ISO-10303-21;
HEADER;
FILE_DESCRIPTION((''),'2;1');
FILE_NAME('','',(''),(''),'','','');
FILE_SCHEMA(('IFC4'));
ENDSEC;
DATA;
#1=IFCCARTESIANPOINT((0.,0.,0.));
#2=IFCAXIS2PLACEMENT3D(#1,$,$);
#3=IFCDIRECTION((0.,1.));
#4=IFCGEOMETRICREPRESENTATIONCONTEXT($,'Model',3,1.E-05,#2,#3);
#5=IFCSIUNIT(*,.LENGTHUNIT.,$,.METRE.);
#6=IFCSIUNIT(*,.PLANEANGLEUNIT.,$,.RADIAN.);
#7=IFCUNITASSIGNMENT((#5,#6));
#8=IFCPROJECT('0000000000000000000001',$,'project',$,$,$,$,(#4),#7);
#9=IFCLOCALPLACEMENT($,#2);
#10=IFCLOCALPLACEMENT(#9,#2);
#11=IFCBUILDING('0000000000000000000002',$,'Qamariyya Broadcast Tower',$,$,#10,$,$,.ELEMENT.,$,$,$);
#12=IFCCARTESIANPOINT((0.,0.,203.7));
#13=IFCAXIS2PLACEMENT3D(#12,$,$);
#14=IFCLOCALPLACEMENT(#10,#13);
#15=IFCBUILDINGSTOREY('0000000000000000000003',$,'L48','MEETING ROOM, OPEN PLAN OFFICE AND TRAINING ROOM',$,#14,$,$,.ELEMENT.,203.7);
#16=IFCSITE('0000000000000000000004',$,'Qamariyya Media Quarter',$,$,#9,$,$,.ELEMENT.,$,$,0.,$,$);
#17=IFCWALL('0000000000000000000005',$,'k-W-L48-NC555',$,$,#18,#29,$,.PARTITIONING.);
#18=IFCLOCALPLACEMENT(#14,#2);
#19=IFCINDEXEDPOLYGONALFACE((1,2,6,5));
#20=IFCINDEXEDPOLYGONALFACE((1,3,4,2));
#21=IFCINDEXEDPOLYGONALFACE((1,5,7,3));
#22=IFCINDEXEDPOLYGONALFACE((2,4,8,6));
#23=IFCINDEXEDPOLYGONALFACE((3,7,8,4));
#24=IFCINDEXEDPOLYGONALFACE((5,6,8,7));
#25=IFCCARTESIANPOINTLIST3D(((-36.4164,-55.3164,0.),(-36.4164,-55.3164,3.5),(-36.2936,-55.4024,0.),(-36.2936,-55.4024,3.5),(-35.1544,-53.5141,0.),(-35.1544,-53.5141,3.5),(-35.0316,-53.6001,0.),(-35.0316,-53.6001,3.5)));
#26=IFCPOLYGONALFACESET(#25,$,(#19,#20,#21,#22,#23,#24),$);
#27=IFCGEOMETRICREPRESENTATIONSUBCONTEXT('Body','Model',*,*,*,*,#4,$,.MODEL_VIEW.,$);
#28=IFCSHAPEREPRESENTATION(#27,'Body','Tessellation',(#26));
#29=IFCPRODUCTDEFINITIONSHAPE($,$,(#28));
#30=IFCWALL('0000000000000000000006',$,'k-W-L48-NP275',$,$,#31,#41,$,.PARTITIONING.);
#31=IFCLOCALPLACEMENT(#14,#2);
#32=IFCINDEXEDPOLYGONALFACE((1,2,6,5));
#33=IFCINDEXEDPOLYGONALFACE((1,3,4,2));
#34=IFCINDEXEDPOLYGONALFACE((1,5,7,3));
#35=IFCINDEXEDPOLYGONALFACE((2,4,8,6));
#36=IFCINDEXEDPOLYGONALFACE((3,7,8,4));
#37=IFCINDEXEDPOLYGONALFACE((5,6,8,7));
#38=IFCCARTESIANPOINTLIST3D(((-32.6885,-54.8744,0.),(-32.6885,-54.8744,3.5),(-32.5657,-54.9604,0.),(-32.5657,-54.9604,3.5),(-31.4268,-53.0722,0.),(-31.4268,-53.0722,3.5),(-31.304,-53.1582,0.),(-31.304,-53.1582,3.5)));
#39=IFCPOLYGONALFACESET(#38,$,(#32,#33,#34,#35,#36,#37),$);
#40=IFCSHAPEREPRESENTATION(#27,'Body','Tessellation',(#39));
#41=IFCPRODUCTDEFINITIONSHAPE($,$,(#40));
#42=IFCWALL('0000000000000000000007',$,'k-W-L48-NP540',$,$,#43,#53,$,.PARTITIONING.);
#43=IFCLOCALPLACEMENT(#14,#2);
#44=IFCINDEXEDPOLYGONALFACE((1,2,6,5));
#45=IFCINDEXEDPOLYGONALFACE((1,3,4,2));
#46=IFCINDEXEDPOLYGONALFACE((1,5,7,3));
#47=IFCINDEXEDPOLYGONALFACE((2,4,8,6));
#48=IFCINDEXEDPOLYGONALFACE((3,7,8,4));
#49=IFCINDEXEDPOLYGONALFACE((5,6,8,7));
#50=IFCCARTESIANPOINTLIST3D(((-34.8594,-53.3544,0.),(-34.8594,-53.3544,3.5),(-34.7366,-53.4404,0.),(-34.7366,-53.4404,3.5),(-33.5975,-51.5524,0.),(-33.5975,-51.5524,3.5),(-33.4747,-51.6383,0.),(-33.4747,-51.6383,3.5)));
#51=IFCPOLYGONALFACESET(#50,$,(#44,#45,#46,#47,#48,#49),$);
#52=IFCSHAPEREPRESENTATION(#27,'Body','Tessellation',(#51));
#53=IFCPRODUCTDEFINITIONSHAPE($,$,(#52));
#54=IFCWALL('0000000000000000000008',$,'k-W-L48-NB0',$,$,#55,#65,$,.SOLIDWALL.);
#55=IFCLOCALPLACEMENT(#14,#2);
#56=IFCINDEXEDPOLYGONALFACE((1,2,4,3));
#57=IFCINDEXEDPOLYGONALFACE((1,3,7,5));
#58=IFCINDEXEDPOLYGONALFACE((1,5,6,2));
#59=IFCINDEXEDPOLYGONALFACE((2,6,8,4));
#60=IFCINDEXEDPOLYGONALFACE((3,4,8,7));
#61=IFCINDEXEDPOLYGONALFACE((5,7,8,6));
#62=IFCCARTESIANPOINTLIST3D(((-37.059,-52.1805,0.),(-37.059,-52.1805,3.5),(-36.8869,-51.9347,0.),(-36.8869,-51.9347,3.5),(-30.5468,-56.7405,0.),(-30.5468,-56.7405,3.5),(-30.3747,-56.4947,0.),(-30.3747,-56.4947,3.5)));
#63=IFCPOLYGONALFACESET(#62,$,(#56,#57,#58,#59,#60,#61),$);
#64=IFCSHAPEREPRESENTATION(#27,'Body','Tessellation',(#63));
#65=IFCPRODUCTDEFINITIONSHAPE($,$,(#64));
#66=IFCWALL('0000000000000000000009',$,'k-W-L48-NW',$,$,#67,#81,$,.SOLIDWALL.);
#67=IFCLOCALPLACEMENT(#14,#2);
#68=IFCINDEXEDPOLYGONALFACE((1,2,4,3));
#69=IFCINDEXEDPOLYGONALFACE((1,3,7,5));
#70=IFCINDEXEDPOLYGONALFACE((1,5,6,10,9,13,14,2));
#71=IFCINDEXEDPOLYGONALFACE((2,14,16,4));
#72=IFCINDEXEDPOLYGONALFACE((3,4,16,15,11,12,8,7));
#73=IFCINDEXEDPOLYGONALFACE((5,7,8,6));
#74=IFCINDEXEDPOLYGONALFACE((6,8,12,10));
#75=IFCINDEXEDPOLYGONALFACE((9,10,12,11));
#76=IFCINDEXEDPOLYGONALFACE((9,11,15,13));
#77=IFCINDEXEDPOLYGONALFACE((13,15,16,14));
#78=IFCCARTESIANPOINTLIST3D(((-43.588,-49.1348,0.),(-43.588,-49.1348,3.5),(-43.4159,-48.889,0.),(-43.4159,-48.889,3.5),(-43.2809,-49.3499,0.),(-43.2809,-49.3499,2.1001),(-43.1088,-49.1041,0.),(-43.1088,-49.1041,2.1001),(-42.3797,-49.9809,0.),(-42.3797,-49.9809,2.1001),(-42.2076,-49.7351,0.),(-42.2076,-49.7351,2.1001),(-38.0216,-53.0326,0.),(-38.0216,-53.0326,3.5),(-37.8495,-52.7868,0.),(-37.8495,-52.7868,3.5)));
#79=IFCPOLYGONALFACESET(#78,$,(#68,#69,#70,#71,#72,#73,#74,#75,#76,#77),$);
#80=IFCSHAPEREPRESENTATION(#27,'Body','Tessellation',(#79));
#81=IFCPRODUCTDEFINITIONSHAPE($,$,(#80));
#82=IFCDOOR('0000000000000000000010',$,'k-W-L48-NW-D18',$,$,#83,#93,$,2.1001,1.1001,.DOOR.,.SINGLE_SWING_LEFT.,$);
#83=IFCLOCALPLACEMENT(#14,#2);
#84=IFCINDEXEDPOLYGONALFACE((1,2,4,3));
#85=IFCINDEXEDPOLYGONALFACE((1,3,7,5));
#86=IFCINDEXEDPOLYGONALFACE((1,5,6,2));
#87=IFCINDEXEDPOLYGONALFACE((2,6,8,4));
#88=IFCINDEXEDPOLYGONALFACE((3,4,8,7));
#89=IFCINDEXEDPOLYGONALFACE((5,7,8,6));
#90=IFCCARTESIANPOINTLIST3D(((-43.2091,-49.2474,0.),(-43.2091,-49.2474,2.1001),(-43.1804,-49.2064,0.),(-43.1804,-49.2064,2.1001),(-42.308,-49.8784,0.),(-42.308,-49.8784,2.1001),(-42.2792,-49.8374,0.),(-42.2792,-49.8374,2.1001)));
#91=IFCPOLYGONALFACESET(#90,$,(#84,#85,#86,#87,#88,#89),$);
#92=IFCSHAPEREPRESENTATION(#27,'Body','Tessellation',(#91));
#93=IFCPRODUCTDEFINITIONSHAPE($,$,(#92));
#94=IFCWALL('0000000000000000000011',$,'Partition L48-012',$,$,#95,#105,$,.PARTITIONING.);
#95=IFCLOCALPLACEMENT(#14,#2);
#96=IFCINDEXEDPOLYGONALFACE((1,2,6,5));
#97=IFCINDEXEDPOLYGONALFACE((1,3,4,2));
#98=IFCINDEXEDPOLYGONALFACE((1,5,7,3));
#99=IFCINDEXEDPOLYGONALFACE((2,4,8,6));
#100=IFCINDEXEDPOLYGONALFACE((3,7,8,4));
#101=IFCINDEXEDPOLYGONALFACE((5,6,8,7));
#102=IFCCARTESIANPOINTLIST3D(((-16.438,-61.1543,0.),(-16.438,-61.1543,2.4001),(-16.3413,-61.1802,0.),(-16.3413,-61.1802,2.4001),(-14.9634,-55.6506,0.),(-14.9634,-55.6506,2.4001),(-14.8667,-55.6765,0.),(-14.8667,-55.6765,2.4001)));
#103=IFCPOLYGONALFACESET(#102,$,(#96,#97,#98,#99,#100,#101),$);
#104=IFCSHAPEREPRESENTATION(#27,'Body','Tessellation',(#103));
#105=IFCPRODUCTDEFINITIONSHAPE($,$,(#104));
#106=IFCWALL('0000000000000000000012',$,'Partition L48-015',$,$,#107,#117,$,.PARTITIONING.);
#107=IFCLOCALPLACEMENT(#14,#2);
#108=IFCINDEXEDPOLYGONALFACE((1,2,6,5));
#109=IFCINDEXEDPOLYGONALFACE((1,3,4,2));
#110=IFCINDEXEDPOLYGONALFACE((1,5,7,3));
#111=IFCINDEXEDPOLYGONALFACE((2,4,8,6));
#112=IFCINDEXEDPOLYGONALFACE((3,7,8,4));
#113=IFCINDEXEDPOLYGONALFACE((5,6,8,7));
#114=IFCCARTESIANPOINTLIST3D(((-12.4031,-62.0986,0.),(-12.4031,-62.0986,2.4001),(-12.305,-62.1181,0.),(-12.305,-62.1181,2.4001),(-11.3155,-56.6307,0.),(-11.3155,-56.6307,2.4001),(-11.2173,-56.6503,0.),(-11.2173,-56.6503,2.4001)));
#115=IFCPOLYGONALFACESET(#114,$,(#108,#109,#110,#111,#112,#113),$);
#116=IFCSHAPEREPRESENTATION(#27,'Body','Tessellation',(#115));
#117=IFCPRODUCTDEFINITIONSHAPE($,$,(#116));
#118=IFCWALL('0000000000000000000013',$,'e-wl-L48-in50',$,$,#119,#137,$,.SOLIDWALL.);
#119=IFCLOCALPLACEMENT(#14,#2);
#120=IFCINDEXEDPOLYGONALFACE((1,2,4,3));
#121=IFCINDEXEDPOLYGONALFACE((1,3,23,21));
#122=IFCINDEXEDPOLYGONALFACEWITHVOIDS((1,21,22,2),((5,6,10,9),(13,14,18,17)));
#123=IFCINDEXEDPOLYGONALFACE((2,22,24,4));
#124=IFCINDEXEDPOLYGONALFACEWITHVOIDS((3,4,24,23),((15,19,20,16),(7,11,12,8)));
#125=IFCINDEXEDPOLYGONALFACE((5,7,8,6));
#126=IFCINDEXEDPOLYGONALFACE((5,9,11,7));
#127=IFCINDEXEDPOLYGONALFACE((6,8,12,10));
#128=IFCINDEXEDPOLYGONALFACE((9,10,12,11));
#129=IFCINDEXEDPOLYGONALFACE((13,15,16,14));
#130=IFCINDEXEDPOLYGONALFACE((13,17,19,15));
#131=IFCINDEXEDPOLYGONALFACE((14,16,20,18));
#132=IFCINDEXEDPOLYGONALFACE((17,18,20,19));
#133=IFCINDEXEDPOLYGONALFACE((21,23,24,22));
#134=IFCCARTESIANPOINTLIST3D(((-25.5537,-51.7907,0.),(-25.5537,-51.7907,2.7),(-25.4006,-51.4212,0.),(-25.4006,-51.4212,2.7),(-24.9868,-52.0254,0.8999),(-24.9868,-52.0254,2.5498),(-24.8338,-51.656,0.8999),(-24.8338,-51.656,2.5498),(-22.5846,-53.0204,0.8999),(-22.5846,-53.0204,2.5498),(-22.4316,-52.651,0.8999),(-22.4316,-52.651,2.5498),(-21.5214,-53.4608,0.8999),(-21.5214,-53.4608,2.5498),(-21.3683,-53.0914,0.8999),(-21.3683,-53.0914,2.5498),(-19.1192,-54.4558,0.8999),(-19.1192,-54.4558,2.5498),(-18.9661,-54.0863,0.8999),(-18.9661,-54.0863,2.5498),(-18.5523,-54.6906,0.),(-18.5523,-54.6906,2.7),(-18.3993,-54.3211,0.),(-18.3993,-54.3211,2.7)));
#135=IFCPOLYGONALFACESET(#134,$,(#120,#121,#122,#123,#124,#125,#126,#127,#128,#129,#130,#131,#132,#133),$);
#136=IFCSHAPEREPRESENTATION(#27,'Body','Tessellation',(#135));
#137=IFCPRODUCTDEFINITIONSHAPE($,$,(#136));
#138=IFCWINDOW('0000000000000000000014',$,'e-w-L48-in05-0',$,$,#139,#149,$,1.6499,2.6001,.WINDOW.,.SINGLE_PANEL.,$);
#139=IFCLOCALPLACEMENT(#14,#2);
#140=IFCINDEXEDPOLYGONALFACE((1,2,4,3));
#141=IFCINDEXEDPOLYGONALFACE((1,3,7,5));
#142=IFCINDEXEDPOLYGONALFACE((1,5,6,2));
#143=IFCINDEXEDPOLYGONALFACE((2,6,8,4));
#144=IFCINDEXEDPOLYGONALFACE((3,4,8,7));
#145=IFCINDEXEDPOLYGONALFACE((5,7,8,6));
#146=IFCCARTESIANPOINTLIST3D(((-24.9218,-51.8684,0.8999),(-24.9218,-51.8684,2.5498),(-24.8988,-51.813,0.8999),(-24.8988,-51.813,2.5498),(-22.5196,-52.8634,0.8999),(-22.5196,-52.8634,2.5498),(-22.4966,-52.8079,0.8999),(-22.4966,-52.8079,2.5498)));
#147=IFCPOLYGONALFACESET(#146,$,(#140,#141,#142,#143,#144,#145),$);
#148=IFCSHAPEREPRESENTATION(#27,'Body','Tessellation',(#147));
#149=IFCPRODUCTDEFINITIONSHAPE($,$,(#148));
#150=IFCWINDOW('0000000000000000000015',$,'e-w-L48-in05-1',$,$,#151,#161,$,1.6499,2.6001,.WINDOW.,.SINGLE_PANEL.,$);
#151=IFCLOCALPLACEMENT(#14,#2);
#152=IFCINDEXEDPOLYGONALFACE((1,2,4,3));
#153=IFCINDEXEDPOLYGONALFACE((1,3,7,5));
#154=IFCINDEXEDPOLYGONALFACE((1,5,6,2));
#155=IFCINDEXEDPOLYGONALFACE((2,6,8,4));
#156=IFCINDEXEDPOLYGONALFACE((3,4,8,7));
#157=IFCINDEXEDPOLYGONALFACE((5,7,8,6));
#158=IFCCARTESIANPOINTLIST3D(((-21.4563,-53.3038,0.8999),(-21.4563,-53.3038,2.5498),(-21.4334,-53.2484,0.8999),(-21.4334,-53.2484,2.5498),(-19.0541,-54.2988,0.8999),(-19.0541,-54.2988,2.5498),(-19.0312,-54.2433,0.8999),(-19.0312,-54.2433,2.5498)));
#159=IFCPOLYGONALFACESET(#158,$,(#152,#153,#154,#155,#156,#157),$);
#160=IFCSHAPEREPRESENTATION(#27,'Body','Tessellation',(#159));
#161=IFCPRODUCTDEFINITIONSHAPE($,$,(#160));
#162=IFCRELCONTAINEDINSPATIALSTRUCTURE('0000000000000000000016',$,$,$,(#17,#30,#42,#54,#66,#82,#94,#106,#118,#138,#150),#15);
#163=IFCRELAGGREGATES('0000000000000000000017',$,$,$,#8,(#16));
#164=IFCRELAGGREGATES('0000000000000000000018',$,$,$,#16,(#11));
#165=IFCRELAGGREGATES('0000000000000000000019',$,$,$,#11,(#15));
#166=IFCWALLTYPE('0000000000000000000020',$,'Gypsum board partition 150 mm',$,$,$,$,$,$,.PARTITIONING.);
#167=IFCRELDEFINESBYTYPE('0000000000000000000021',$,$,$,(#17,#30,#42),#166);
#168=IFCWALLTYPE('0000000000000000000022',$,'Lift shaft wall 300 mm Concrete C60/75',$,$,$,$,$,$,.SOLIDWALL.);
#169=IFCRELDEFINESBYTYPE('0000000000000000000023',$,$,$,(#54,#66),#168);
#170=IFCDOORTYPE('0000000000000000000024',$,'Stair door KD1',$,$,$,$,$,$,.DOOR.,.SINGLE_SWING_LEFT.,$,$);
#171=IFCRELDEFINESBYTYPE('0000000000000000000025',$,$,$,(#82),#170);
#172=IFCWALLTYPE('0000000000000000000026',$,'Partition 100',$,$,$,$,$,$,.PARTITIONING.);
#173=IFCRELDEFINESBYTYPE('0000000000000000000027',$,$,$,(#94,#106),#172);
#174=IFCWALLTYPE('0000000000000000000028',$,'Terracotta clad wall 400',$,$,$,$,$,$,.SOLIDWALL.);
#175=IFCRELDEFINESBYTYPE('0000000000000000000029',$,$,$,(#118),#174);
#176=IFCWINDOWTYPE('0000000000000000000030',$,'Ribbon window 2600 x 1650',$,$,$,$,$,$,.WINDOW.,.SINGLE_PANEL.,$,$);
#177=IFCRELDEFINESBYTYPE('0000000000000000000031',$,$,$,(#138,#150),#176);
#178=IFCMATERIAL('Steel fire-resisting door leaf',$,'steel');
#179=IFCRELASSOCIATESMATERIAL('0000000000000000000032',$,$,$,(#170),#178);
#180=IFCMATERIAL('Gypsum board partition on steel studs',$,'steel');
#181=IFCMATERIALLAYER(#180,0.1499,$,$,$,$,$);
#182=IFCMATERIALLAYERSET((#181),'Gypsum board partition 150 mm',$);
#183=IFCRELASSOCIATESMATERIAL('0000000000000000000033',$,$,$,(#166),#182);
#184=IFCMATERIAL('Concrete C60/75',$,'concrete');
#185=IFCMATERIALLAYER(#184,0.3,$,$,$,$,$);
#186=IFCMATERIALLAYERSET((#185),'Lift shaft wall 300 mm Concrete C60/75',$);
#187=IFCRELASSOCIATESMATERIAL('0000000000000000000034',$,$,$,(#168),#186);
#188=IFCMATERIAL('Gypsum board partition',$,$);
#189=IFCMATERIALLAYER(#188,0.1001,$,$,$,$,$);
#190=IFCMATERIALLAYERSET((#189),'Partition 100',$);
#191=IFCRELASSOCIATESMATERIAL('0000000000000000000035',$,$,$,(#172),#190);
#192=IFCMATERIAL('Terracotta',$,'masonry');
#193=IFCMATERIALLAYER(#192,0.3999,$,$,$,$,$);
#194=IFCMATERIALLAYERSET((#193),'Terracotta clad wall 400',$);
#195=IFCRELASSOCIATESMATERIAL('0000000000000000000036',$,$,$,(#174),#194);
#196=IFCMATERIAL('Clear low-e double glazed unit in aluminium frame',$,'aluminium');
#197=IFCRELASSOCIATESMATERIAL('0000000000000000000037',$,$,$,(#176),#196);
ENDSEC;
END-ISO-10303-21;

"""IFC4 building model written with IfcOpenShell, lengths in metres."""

from ifc_helpers import new_model, si_unit, direction, frame, frame_2d, origin, place, context, subcontext, project, spatial, rectangle, extrude, material, layer, layer_set, type_object, element, fill, save


model = new_model("IFC4")

# Units and contexts
model_context = context("Model", 3, precision=1e-05, world=origin(), true_north=direction((0.0, 1.0)))
body_context = subcontext(model_context, "Body", "Model", "MODEL_VIEW")
ifc_project = project(units=[si_unit("LENGTHUNIT", "METRE"), si_unit("PLANEANGLEUNIT", "RADIAN")], contexts=[model_context])

# Site, building, storey
site_placement = place(None, origin())
site = spatial("IfcSite", under=ifc_project, at=site_placement, Name="Qamariyya Media Quarter", CompositionType="ELEMENT", RefElevation=0.0)
building_placement = place(site_placement, origin())
building = spatial("IfcBuilding", under=site, at=building_placement, Name="Qamariyya Broadcast Tower", CompositionType="ELEMENT")
storey_placement = place(building_placement, frame((0.0, 0.0, 203.7)))
storey = spatial("IfcBuildingStorey", under=building, at=storey_placement, Name="L48", Description="MEETING ROOM, OPEN PLAN OFFICE AND TRAINING ROOM", CompositionType="ELEMENT", Elevation=203.7)

# Shared definitions
ifc_material_1 = material(Name="Concrete C60/75", Category="concrete")

# Shared definitions
ifc_material_2 = material(Name="Steel fire-resisting door leaf", Category="steel")
door_type_1 = type_object("IfcDoorType", Name="Stair door KD1", OperationType="SINGLE_SWING_LEFT", PredefinedType="DOOR", material=ifc_material_2)

# Walls
ifc_material_3 = material(Name="Gypsum board partition")
ifc_material_4 = material(Name="Gypsum board partition on steel studs", Category="steel")
ifc_layer_1 = layer(ifc_material_4, 0.1499)
ifc_layer_set_1 = layer_set([ifc_layer_1], Name="Gypsum board partition 150 mm")
wall_type_1 = type_object("IfcWallType", Name="Gypsum board partition 150 mm", PredefinedType="PARTITIONING", material=ifc_layer_set_1)
for number, where, z_axis, x_axis, name in (
    (1, (-36.355, -55.3594, 0.0), (0.0, 0.0, 1.0), (0.573581, 0.819149, 0.0), "k-W-L48-NC555"),
):
    element("IfcWall", number, at=place(storey_placement, frame(where, z_axis=z_axis, x_axis=x_axis)), inside=storey, type_object=wall_type_1, Name=name, PredefinedType="PARTITIONING", context=body_context, shape_type="SweptSolid", body=[
        extrude(rectangle(XDim=2.2002, YDim=0.1499, at=frame_2d((1.1001, 0.0))), origin(), (0.0, 0.0, 1.0), 3.5),
    ])
for number, where, z_axis, x_axis, name in (
    (2, (-32.6272, -54.9175, 0.0), (0.0, 0.0, 1.0), (0.573507, 0.819201, 0.0), "k-W-L48-NP275"),
    (3, (-34.7981, -53.3975, 0.0), (0.0, 0.0, 1.0), (0.573634, 0.819112, 0.0), "k-W-L48-NP540"),
):
    element("IfcWall", number, at=place(storey_placement, frame(where, z_axis=z_axis, x_axis=x_axis)), inside=storey, type_object=wall_type_1, Name=name, PredefinedType="PARTITIONING", context=body_context, shape_type="SweptSolid", body=[
        extrude(rectangle(XDim=2.2, YDim=0.1499, at=frame_2d((1.1001, 0.0))), origin(), (0.0, 0.0, 1.0), 3.5),
    ])
ifc_layer_2 = layer(ifc_material_1, 0.3)
ifc_layer_set_2 = layer_set([ifc_layer_2], Name="Lift shaft wall 300 mm Concrete C60/75")
wall_type_2 = type_object("IfcWallType", Name="Lift shaft wall 300 mm Concrete C60/75", PredefinedType="SOLIDWALL", material=ifc_layer_set_2)
wall_1_placement = place(storey_placement, frame((-30.4607, -56.6177, 0.0), z_axis=(0.0, 0.0, 1.0), x_axis=(-0.819142, 0.57359, 0.0)))
element("IfcWall", 4, at=wall_1_placement, inside=storey, type_object=wall_type_2, Name="k-W-L48-NB0", PredefinedType="SOLIDWALL", context=body_context, shape_type="SweptSolid", body=[
    extrude(rectangle(XDim=7.95, YDim=0.3, at=frame_2d((3.9751, 0.0))), origin(), (0.0, 0.0, 1.0), 3.5),
])

# Wall, opening, door
wall_2_placement = place(storey_placement, frame((-37.9355, -52.9097, 0.0), z_axis=(0.0, 0.0, 1.0), x_axis=(-0.819148, 0.573583, 0.0)))
wall_2 = element("IfcWall", 5, at=wall_2_placement, inside=storey, type_object=wall_type_2, Name="k-W-L48-NW", PredefinedType="SOLIDWALL", context=body_context, shape_type="SweptSolid", body=[
    extrude(rectangle(XDim=6.7954, YDim=0.3, at=frame_2d((3.3977, 0.0))), origin(), (0.0, 0.0, 1.0), 3.5),
])
opening_1_placement = place(wall_2_placement, frame((5.3203, 0.0, 0.0)))
opening_1 = element("IfcOpeningElement", 6, at=opening_1_placement, cuts=wall_2, PredefinedType="OPENING", context=body_context, shape_type="SweptSolid", body=[
    extrude(rectangle(XDim=1.1001, YDim=2.1001, at=frame_2d((0.55, 1.05))), frame((0.0, 0.1599, 0.0), z_axis=(0.0, -1.0, 0.0), x_axis=(1.0, 0.0, 0.0)), (0.0, 0.0, 1.0), 0.3201),
])
door_1_placement = place(opening_1_placement, origin())
door_1 = element("IfcDoor", 7, at=door_1_placement, inside=storey, type_object=door_type_1, Name="k-W-L48-NW-D18", OperationType="SINGLE_SWING_LEFT", OverallHeight=2.1001, OverallWidth=1.1001, PredefinedType="DOOR", context=body_context, shape_type="SweptSolid", body=[
    extrude(rectangle(XDim=1.1001, YDim=2.1001, at=frame_2d((0.55, 1.05))), frame((0.0, 0.0249, 0.0), z_axis=(0.0, -1.0, 0.0), x_axis=(1.0, 0.0, 0.0)), (0.0, 0.0, 1.0), 0.05),
])
fill(opening_1, door_1)

# Walls
ifc_layer_3 = layer(ifc_material_3, 0.1001)
ifc_layer_set_3 = layer_set([ifc_layer_3], Name="Partition 100")
wall_type_3 = type_object("IfcWallType", Name="Partition 100", PredefinedType="PARTITIONING", material=ifc_layer_set_3)
wall_3_placement = place(storey_placement, frame((-14.915, -55.6636, 0.0), z_axis=(0.0, 0.0, 1.0), x_axis=(-0.258804, -0.96593, 0.0)))
element("IfcWall", 8, at=wall_3_placement, inside=storey, type_object=wall_type_3, Name="Partition L48-012", PredefinedType="PARTITIONING", context=body_context, shape_type="SweptSolid", body=[
    extrude(rectangle(XDim=5.6978, YDim=0.1001, at=frame_2d((2.8489, 0.0))), origin(), (0.0, 0.0, 1.0), 2.4001),
])
wall_4_placement = place(storey_placement, frame((-11.2664, -56.6404, 0.0), z_axis=(0.0, 0.0, 1.0), x_axis=(-0.195097, -0.980784, 0.0)))
element("IfcWall", 9, at=wall_4_placement, inside=storey, type_object=wall_type_3, Name="Partition L48-015", PredefinedType="PARTITIONING", context=body_context, shape_type="SweptSolid", body=[
    extrude(rectangle(XDim=5.575, YDim=0.1001, at=frame_2d((2.7876, 0.0))), origin(), (0.0, 0.0, 1.0), 2.4001),
])

# Wall, openings, windows
ifc_material_5 = material(Name="Terracotta", Category="masonry")
ifc_layer_4 = layer(ifc_material_5, 0.3999)
ifc_layer_set_4 = layer_set([ifc_layer_4], Name="Terracotta clad wall 400")
wall_type_4 = type_object("IfcWallType", Name="Terracotta clad wall 400", PredefinedType="SOLIDWALL", material=ifc_layer_set_4)
wall_5_placement = place(storey_placement, frame((-18.4758, -54.5059, 0.0), z_axis=(0.0, 0.0, 1.0), x_axis=(-0.923884, 0.382672, 0.0)))
wall_5 = element("IfcWall", 10, at=wall_5_placement, inside=storey, type_object=wall_type_4, Name="e-wl-L48-in50", PredefinedType="SOLIDWALL", context=body_context, shape_type="SweptSolid", body=[
    extrude(rectangle(XDim=7.5781, YDim=0.3999, at=frame_2d((3.7891, 0.0))), origin(), (0.0, 0.0, 1.0), 2.7),
])
opening_2_placement = place(wall_5_placement, frame((4.3645, 0.0, 0.8999)))
opening_2 = element("IfcOpeningElement", 11, at=opening_2_placement, cuts=wall_5, PredefinedType="OPENING", context=body_context, shape_type="SweptSolid", body=[
    extrude(rectangle(XDim=2.6001, YDim=1.6499, at=frame_2d((1.3, 0.825))), frame((0.0, 0.21, 0.0), z_axis=(0.0, -1.0, 0.0), x_axis=(1.0, 0.0, 0.0)), (0.0, 0.0, 1.0), 0.4199),
])
opening_3_placement = place(wall_5_placement, frame((0.6135, 0.0, 0.8999)))
opening_3 = element("IfcOpeningElement", 12, at=opening_3_placement, cuts=wall_5, PredefinedType="OPENING", context=body_context, shape_type="SweptSolid", body=[
    extrude(rectangle(XDim=2.6001, YDim=1.6499, at=frame_2d((1.3, 0.825))), frame((0.0, 0.21, 0.0), z_axis=(0.0, -1.0, 0.0), x_axis=(1.0, 0.0, 0.0)), (0.0, 0.0, 1.0), 0.4199),
])
ifc_material_6 = material(Name="Clear low-e double glazed unit in aluminium frame", Category="aluminium")
window_type = type_object("IfcWindowType", Name="Ribbon window 2600 x 1650", PartitioningType="SINGLE_PANEL", PredefinedType="WINDOW", material=ifc_material_6)
window_1_placement = place(opening_2_placement, origin())
window_1 = element("IfcWindow", 13, at=window_1_placement, inside=storey, type_object=window_type, Name="e-w-L48-in05-0", OverallHeight=1.6499, OverallWidth=2.6001, PartitioningType="SINGLE_PANEL", PredefinedType="WINDOW", context=body_context, shape_type="SweptSolid", body=[
    extrude(rectangle(XDim=2.6001, YDim=1.6499, at=frame_2d((1.3, 0.825))), frame((0.0, 0.03, 0.0), z_axis=(0.0, -1.0, 0.0), x_axis=(1.0, 0.0, 0.0)), (0.0, 0.0, 1.0), 0.0601),
])
fill(opening_2, window_1)
window_2_placement = place(opening_3_placement, origin())
window_2 = element("IfcWindow", 14, at=window_2_placement, inside=storey, type_object=window_type, Name="e-w-L48-in05-1", OverallHeight=1.6499, OverallWidth=2.6001, PartitioningType="SINGLE_PANEL", PredefinedType="WINDOW", context=body_context, shape_type="SweptSolid", body=[
    extrude(rectangle(XDim=2.6001, YDim=1.6499, at=frame_2d((1.3, 0.825))), frame((0.0, 0.03, 0.0), z_axis=(0.0, -1.0, 0.0), x_axis=(1.0, 0.0, 0.0)), (0.0, 0.0, 1.0), 0.0601),
])
fill(opening_3, window_2)

save(model, "model.ifc")
